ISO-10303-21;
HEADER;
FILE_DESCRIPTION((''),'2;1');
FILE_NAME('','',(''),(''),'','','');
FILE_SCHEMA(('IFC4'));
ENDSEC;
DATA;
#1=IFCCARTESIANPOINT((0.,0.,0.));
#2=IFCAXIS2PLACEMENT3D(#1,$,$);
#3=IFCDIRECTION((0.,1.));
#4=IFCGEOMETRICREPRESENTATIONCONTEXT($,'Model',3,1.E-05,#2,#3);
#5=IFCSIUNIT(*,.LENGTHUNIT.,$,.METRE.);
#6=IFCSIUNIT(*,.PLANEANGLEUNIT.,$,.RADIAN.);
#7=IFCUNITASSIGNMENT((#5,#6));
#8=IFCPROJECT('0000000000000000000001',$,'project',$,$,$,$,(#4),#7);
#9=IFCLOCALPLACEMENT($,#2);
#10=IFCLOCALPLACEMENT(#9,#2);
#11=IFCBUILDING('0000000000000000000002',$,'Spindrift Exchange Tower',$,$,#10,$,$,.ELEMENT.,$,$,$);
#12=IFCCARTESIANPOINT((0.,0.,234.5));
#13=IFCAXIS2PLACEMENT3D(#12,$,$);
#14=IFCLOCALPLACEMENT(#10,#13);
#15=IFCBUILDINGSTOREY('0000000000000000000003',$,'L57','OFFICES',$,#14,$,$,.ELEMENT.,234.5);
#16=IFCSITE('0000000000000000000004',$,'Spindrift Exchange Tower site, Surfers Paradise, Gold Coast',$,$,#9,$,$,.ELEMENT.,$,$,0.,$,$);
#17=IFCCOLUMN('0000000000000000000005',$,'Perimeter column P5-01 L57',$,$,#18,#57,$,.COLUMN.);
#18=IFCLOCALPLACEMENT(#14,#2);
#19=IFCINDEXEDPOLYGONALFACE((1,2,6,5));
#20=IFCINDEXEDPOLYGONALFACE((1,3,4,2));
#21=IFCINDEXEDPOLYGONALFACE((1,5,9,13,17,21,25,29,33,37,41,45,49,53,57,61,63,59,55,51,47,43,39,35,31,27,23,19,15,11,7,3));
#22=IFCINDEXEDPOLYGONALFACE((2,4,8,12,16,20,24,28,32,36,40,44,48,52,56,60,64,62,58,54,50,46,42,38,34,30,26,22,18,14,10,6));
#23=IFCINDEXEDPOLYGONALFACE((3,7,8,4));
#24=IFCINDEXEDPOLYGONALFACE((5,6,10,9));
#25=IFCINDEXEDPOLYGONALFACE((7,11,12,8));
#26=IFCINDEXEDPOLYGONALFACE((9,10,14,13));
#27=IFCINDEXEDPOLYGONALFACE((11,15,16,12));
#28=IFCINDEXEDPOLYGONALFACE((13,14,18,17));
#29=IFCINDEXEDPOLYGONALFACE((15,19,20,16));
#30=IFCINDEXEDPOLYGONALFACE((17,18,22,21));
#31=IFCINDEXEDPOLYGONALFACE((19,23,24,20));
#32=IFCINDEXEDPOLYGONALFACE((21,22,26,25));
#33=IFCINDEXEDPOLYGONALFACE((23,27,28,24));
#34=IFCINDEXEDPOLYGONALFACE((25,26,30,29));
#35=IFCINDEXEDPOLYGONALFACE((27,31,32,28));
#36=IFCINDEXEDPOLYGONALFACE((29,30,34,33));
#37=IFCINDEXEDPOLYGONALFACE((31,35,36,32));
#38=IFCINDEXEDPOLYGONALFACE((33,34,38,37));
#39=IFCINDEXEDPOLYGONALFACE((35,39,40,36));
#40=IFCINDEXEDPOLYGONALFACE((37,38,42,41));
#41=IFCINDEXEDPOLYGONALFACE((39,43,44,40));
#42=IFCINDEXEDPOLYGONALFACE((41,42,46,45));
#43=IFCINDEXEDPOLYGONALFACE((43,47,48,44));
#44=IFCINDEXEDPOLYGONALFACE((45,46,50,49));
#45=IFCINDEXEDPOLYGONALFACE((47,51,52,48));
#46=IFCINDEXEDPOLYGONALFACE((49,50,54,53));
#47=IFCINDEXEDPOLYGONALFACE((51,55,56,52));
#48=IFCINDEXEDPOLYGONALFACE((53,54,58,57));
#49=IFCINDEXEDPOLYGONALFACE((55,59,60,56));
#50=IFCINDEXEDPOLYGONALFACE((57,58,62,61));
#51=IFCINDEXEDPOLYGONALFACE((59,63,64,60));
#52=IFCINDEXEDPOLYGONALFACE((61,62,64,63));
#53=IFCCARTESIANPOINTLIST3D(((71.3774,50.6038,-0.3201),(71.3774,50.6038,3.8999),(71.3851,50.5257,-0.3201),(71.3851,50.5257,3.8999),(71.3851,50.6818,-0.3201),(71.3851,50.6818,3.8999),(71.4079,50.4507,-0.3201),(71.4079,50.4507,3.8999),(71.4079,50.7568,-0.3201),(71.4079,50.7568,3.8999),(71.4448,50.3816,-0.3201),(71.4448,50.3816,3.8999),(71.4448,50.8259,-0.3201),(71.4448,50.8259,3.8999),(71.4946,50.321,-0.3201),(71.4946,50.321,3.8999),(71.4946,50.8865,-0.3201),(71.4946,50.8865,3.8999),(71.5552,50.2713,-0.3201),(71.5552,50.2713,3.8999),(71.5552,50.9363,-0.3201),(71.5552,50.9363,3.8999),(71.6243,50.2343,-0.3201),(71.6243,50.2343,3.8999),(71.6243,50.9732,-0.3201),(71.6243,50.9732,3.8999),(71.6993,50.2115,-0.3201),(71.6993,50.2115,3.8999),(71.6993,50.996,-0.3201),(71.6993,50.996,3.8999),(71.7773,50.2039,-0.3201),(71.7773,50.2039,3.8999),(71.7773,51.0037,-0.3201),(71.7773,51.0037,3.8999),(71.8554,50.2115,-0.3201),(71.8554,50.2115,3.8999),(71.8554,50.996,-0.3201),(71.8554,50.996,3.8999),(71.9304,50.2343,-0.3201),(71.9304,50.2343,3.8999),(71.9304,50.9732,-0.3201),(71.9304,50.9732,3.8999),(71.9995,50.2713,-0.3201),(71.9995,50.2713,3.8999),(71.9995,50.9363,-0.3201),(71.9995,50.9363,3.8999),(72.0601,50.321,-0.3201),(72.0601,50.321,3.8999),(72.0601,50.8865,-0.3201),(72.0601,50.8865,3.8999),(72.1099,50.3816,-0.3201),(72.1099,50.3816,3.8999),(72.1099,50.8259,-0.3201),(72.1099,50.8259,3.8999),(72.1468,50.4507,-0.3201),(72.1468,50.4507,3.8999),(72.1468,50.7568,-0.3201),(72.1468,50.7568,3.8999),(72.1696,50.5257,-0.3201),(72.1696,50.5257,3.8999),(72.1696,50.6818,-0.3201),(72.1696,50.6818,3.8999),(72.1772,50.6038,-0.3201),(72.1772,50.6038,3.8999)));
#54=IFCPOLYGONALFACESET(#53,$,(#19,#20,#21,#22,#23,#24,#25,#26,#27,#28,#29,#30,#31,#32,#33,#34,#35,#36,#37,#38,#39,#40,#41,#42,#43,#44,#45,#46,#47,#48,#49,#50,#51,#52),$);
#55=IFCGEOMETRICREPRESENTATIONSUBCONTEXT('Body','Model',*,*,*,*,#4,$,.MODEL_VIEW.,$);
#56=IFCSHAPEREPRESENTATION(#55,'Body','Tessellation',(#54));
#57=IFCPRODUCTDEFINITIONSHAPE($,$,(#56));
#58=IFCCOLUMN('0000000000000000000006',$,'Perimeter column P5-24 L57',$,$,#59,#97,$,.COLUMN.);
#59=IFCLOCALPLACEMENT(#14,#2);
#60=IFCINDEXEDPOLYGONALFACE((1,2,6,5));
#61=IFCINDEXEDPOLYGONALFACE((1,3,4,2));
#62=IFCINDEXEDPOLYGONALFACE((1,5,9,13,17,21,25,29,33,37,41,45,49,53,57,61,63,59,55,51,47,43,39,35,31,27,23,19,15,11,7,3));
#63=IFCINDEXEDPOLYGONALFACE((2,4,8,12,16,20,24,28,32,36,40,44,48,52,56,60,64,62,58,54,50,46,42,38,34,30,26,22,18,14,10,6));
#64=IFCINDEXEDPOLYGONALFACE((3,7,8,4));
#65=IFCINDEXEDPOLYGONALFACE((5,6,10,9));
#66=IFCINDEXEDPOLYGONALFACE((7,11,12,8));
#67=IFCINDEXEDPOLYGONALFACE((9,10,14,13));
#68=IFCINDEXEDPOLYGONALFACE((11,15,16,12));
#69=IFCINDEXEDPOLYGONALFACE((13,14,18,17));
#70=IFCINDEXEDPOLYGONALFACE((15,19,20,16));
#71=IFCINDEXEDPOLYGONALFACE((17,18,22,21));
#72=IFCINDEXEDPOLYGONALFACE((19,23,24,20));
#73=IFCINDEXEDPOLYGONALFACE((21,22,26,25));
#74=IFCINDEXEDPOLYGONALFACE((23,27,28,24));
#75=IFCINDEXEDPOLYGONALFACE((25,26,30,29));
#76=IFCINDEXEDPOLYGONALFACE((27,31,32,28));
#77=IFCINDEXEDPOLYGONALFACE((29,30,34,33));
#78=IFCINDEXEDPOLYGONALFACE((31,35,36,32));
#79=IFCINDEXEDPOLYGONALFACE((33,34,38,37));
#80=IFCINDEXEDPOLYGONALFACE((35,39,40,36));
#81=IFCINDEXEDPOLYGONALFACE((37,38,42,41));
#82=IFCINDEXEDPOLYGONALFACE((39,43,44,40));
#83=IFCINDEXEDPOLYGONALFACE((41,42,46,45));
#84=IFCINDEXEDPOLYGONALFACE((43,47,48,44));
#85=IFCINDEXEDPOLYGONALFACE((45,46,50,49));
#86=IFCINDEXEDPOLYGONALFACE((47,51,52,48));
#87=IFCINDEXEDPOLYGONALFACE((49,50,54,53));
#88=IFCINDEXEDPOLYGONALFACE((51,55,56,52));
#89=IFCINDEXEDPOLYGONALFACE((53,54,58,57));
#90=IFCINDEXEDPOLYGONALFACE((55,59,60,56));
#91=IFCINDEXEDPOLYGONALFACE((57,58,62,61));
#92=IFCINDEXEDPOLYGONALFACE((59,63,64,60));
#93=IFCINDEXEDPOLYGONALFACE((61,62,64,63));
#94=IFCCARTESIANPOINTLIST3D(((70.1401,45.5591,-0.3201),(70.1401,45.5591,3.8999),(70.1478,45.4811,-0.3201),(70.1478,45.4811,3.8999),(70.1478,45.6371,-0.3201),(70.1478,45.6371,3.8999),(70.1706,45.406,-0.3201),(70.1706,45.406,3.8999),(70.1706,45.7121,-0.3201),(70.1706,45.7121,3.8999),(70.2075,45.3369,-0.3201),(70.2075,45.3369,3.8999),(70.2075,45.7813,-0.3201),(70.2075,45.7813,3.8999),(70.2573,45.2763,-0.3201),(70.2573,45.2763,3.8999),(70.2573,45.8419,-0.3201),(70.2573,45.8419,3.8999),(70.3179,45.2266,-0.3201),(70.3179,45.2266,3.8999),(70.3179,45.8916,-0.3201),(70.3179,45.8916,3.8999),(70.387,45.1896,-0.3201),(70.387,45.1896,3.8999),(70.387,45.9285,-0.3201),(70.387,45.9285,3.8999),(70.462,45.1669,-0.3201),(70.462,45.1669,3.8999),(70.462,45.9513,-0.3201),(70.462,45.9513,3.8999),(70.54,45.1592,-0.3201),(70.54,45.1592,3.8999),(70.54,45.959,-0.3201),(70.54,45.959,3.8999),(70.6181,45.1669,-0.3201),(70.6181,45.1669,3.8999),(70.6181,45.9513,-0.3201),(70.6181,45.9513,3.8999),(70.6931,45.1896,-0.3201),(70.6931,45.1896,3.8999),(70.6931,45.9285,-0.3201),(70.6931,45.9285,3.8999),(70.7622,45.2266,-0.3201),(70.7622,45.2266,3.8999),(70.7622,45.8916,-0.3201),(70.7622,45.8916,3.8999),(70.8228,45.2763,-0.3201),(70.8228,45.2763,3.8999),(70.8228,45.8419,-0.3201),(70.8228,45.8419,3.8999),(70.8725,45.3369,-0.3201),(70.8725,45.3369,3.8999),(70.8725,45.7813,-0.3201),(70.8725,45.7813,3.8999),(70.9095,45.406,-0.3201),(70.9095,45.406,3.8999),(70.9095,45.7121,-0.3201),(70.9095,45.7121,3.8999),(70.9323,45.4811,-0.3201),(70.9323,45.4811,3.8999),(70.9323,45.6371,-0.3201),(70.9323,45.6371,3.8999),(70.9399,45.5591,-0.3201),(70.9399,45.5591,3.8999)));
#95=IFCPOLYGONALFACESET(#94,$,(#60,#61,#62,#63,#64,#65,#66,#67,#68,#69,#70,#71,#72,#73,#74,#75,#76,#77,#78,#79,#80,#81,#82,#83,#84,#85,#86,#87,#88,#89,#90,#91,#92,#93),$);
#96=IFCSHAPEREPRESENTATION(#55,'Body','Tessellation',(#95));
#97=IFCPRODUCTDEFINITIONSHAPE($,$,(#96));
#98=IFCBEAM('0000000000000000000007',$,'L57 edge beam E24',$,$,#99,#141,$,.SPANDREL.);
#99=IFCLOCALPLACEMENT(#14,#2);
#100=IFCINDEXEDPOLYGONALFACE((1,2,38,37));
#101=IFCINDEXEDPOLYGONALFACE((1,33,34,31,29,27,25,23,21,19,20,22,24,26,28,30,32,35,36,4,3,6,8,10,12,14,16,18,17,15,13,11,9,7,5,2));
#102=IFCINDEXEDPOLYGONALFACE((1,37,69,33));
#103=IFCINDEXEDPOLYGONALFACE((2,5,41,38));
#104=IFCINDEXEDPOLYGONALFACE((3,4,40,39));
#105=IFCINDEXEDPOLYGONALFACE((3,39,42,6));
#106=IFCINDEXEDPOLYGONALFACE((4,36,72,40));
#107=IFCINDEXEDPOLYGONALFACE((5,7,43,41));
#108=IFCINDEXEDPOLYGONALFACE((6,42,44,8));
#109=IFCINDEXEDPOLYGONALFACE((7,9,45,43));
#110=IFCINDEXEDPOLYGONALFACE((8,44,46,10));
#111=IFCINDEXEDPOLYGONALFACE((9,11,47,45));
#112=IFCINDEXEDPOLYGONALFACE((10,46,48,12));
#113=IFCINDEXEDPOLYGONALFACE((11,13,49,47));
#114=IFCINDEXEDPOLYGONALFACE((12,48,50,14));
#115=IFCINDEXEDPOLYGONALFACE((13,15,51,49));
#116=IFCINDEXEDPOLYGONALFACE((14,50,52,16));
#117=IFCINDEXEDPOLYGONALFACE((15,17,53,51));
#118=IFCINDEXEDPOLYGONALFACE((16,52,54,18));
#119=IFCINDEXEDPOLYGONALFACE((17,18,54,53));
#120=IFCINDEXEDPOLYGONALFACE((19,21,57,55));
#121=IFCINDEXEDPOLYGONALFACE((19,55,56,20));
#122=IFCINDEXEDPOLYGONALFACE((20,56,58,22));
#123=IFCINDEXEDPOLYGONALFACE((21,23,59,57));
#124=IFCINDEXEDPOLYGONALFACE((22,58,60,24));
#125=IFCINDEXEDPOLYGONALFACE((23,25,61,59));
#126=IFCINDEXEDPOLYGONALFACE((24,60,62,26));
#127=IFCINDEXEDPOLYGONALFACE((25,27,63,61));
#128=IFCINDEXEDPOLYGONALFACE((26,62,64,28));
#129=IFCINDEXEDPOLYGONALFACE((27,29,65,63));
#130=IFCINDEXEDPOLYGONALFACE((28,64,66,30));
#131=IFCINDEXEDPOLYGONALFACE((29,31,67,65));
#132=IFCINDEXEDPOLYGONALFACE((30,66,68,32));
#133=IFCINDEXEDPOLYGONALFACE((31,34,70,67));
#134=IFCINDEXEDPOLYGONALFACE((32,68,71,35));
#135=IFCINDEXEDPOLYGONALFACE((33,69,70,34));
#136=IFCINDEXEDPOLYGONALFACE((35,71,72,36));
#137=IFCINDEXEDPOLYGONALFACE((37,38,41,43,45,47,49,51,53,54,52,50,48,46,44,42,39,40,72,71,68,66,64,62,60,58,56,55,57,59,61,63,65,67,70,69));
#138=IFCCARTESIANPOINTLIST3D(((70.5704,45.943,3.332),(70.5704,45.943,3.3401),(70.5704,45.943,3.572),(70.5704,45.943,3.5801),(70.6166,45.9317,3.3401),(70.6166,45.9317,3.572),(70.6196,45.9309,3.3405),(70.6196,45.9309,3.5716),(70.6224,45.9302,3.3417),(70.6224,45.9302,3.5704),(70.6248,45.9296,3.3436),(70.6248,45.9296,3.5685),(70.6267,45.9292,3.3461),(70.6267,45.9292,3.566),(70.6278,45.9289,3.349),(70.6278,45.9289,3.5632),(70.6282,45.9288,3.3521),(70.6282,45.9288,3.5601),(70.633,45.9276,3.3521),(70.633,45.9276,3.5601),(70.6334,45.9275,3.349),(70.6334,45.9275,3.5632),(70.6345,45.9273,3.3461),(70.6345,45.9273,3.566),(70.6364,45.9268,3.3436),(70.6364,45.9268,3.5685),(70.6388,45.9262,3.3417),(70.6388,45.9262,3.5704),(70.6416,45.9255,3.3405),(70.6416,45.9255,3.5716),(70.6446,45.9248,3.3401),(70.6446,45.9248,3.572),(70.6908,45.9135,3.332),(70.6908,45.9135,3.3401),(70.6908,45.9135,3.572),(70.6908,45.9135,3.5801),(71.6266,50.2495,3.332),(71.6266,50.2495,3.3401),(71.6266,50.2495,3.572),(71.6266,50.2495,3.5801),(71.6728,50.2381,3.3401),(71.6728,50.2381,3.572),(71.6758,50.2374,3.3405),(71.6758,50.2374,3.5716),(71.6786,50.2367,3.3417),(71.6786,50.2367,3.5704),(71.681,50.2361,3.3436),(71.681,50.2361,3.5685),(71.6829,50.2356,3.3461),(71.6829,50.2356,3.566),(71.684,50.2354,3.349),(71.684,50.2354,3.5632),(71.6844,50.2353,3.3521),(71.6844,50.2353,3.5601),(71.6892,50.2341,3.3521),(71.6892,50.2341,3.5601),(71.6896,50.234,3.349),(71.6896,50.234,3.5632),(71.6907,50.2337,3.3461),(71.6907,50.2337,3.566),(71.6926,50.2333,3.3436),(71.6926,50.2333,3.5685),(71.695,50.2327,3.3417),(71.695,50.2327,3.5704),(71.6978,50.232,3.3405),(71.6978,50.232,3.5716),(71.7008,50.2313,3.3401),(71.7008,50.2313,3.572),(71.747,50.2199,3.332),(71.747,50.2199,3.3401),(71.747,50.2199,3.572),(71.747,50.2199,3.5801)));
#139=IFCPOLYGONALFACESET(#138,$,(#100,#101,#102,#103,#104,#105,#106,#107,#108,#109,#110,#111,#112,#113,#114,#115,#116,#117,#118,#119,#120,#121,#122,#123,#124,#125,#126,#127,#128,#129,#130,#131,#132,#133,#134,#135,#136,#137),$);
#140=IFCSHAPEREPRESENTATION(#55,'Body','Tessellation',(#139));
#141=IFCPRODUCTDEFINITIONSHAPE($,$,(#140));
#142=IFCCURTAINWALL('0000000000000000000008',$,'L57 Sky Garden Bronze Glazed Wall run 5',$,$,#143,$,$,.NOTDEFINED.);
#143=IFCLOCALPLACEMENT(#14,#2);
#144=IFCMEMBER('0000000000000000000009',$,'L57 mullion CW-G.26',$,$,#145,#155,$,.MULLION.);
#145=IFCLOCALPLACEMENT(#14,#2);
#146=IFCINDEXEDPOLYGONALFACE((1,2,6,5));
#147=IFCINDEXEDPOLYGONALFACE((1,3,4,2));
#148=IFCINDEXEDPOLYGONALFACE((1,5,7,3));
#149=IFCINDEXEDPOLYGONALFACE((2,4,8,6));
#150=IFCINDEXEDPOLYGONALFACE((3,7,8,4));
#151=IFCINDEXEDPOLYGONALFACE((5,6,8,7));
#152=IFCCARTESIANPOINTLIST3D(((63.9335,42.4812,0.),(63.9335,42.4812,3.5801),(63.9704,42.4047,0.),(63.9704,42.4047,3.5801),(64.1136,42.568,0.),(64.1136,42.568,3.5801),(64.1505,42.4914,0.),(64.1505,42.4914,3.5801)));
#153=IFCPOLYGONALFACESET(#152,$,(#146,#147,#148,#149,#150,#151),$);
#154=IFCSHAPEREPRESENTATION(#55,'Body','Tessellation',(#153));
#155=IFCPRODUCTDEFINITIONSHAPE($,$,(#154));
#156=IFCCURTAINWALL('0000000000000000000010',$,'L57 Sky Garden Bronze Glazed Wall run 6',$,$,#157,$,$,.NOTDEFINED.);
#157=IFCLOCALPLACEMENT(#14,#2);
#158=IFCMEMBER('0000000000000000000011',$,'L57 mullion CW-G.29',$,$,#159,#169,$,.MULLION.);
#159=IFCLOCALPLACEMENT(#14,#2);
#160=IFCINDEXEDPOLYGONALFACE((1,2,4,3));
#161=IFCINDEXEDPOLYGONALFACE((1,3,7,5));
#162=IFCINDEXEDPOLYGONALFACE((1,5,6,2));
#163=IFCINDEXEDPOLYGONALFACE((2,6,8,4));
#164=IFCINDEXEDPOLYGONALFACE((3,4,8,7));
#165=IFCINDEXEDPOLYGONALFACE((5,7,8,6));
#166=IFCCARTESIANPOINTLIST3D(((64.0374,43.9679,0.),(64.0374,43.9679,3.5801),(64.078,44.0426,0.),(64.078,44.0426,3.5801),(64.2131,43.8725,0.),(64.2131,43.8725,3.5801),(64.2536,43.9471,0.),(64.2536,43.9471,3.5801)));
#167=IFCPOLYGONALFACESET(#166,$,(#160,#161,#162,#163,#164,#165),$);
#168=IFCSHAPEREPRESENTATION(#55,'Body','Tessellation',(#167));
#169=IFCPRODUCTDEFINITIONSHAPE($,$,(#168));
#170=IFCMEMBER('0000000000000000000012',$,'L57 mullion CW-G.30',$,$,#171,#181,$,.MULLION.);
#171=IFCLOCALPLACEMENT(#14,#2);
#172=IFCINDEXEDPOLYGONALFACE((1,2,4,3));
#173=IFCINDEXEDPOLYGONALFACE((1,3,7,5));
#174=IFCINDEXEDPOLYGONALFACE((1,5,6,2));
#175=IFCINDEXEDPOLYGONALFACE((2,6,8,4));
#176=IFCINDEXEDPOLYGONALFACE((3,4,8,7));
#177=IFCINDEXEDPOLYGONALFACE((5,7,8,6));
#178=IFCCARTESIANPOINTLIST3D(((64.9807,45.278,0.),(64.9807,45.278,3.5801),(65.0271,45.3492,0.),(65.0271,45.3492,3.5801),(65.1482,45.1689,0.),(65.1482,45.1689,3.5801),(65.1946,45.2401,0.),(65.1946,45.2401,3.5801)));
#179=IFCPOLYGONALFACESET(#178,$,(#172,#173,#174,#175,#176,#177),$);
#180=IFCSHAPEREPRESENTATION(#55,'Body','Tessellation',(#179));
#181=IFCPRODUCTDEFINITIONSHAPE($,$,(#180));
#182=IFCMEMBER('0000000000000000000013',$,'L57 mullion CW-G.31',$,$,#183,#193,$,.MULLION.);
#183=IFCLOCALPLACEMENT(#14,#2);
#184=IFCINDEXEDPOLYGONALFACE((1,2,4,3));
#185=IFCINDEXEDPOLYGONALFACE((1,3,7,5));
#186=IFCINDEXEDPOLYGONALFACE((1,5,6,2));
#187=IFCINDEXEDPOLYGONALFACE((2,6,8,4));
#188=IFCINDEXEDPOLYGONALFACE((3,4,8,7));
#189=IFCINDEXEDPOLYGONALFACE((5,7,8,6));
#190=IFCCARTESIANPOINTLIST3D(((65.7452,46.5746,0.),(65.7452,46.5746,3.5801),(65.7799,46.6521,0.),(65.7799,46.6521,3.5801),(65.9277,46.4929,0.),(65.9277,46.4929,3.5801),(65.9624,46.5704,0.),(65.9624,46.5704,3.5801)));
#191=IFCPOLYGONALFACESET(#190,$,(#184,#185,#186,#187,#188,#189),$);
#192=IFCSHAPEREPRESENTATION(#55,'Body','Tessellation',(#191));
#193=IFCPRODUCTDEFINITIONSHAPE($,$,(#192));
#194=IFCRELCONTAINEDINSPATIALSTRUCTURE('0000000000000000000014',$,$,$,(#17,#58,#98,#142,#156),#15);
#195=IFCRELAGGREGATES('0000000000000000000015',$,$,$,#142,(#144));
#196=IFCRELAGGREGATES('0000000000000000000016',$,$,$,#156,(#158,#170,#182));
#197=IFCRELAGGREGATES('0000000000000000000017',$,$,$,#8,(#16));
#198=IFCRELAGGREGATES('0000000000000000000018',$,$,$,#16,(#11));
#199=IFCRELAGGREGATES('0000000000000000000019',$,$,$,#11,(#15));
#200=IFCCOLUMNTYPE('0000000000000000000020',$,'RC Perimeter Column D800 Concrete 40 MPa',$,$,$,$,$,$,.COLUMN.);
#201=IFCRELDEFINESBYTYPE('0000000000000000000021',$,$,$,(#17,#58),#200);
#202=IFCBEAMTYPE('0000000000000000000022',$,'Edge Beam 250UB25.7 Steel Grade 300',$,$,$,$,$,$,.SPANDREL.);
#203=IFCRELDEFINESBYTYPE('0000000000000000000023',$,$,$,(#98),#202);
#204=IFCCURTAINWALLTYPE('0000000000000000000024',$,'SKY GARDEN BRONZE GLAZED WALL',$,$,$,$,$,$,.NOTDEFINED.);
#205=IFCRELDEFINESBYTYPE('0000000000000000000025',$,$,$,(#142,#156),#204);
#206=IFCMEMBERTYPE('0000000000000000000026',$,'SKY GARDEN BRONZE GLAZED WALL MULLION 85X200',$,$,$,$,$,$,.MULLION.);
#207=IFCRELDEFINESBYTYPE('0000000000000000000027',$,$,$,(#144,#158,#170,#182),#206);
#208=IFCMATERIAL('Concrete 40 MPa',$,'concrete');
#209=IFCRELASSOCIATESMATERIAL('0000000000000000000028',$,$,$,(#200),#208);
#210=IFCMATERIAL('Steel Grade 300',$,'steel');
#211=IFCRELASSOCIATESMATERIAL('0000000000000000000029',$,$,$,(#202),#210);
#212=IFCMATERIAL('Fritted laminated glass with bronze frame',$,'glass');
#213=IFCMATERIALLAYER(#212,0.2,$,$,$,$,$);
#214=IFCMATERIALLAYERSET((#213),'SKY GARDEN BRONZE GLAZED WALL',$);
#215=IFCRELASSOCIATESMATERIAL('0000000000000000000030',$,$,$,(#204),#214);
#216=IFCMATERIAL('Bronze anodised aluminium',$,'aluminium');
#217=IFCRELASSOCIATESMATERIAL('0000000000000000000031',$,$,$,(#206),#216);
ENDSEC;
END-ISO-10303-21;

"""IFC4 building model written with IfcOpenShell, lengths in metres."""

from ifc_helpers import new_model, si_unit, direction, frame, origin, origin_2d, place, context, subcontext, project, spatial, rectangle, circle, i_section, extrude, source, transform, mapped, material, layer, layer_set, material_profile, profile_set, type_object, element, aggregate, save


model = new_model("IFC4")

# Units and contexts
model_context = context("Model", 3, precision=1e-05, world=origin(), true_north=direction((0.0, 1.0)))
body_context = subcontext(model_context, "Body", "Model", "MODEL_VIEW")
ifc_project = project(units=[si_unit("LENGTHUNIT", "METRE"), si_unit("PLANEANGLEUNIT", "RADIAN")], contexts=[model_context])

# Site, building, storey
site_placement = place(None, origin())
site = spatial("IfcSite", under=ifc_project, at=site_placement, Name="Spindrift Exchange Tower site, Surfers Paradise, Gold Coast", CompositionType="ELEMENT", RefElevation=0.0)
building_placement = place(site_placement, origin())
building = spatial("IfcBuilding", under=site, at=building_placement, Name="Spindrift Exchange Tower", CompositionType="ELEMENT")
storey_placement = place(building_placement, frame((0.0, 0.0, 234.5)))
storey = spatial("IfcBuildingStorey", under=building, at=storey_placement, Name="L57", Description="OFFICES", CompositionType="ELEMENT", Elevation=234.5)

# Columns
ifc_material_1 = material(Name="Concrete 40 MPa", Category="concrete")
ifc_material_profile_1 = material_profile(ifc_material_1, circle(Radius=0.3999, at=origin_2d()), Name="RC D800")
ifc_profile_set_1 = profile_set([ifc_material_profile_1], Name="Concrete 40 MPa")
column_type = type_object("IfcColumnType", Name="RC Perimeter Column D800 Concrete 40 MPa", PredefinedType="COLUMN", material=ifc_profile_set_1)
shared_shape_1 = source(origin(), body_context, "Body", "SweptSolid", [
    extrude(circle(Radius=0.3999, at=origin_2d()), origin(), (0.0, 0.0, 1.0), 4.22),
])
for number, where, z_axis, x_axis, name in (
    (1, (71.7773, 50.6038, -0.3201), (0.0, 0.0, 1.0), (1.0, 0.0, 0.0), "Perimeter column P5-01 L57"),
    (2, (70.54, 45.5591, -0.3201), (0.0, 0.0, 1.0), (1.0, 0.0, 0.0), "Perimeter column P5-24 L57"),
):
    element("IfcColumn", number, at=place(storey_placement, frame(where, z_axis=z_axis, x_axis=x_axis)), inside=storey, type_object=column_type, Name=name, PredefinedType="COLUMN", context=body_context, shape_type="MappedRepresentation", body=[
        mapped(shared_shape_1, transform((0.0, 0.0, 0.0), scale=1.0)),
    ])

# Beam
ifc_material_2 = material(Name="Steel Grade 300", Category="steel")
ifc_material_profile_2 = material_profile(ifc_material_2, i_section(OverallWidth=0.124, OverallDepth=0.248, WebThickness=0.0049, FlangeThickness=0.0081, FilletRadius=0.012, at=origin_2d()), Name="250UB25.7")
ifc_profile_set_2 = profile_set([ifc_material_profile_2], Name="Steel Grade 300")
beam_type = type_object("IfcBeamType", Name="Edge Beam 250UB25.7 Steel Grade 300", PredefinedType="SPANDREL", material=ifc_profile_set_2)
shared_shape_2 = source(origin(), body_context, "Body", "SweptSolid", [
    extrude(i_section(OverallWidth=0.124, OverallDepth=0.248, WebThickness=0.0049, FlangeThickness=0.0081, FilletRadius=0.012, at=origin_2d()), origin(), (0.0, 0.0, 1.0), 4.4341),
])
beam_placement = place(storey_placement, frame((70.6306, 45.9282, 3.4561), z_axis=(0.238193, 0.971218, 0.0), x_axis=(-0.971218, 0.238193, 0.0)))
element("IfcBeam", 3, at=beam_placement, inside=storey, type_object=beam_type, Name="L57 edge beam E24", PredefinedType="SPANDREL", context=body_context, shape_type="MappedRepresentation", body=[
    mapped(shared_shape_2, transform((0.0, 0.0, 0.0), scale=1.0)),
])

# Curtain wall, member
ifc_material_3 = material(Name="Fritted laminated glass with bronze frame", Category="glass")
ifc_layer_1 = layer(ifc_material_3, 0.2)
ifc_layer_set_1 = layer_set([ifc_layer_1], Name="SKY GARDEN BRONZE GLAZED WALL")
curtain_wall_type = type_object("IfcCurtainWallType", Name="SKY GARDEN BRONZE GLAZED WALL", PredefinedType="NOTDEFINED", material=ifc_layer_set_1)
curtain_wall_1_placement = place(storey_placement, origin())
curtain_wall_1 = element("IfcCurtainWall", 4, at=curtain_wall_1_placement, inside=storey, type_object=curtain_wall_type, Name="L57 Sky Garden Bronze Glazed Wall run 5", PredefinedType="NOTDEFINED")
ifc_material_4 = material(Name="Bronze anodised aluminium", Category="aluminium")
ifc_material_profile_3 = material_profile(ifc_material_4, rectangle(XDim=0.085, YDim=0.2, at=origin_2d()), Name="SKY GARDEN BRONZE GLAZED WALL MULLION 85X200")
ifc_profile_set_3 = profile_set([ifc_material_profile_3], Name="Bronze anodised aluminium")
member_type_1 = type_object("IfcMemberType", Name="SKY GARDEN BRONZE GLAZED WALL MULLION 85X200", PredefinedType="MULLION", material=ifc_profile_set_3)
shared_shape_3 = source(origin(), body_context, "Body", "SweptSolid", [
    extrude(rectangle(XDim=0.085, YDim=0.2, at=origin_2d()), origin(), (0.0, 0.0, 1.0), 3.5801),
])
member_1_placement = place(storey_placement, frame((64.042, 42.4863, 0.0), z_axis=(0.0, 0.0, 1.0), x_axis=(-0.433955, 0.900934, 0.0)))
member_1 = element("IfcMember", 5, at=member_1_placement, type_object=member_type_1, Name="L57 mullion CW-G.26", PredefinedType="MULLION", context=body_context, shape_type="MappedRepresentation", body=[
    mapped(shared_shape_3, transform((0.0, 0.0, 0.0), scale=1.0)),
])

# Curtain wall, members
curtain_wall_2_placement = place(storey_placement, origin())
curtain_wall_2 = element("IfcCurtainWall", 6, at=curtain_wall_2_placement, inside=storey, type_object=curtain_wall_type, Name="L57 Sky Garden Bronze Glazed Wall run 6", PredefinedType="NOTDEFINED")
member_2_placement = place(storey_placement, frame((64.1455, 43.9575, 0.0), z_axis=(0.0, 0.0, 1.0), x_axis=(0.477557, 0.878601, 0.0)))
member_2 = element("IfcMember", 7, at=member_2_placement, type_object=member_type_1, Name="L57 mullion CW-G.29", PredefinedType="MULLION", context=body_context, shape_type="MappedRepresentation", body=[
    mapped(shared_shape_3, transform((0.0, 0.0, 0.0), scale=1.0)),
])
member_3_placement = place(storey_placement, frame((65.0876, 45.259, 0.0), z_axis=(0.0, 0.0, 1.0), x_axis=(0.545773, 0.837933, 0.0)))
member_3 = element("IfcMember", 8, at=member_3_placement, type_object=member_type_1, Name="L57 mullion CW-G.30", PredefinedType="MULLION", context=body_context, shape_type="MappedRepresentation", body=[
    mapped(shared_shape_3, transform((0.0, 0.0, 0.0), scale=1.0)),
])
member_4_placement = place(storey_placement, frame((65.8538, 46.5725, 0.0), z_axis=(0.0, 0.0, 1.0), x_axis=(0.408453, 0.912779, 0.0)))
member_4 = element("IfcMember", 9, at=member_4_placement, type_object=member_type_1, Name="L57 mullion CW-G.31", PredefinedType="MULLION", context=body_context, shape_type="MappedRepresentation", body=[
    mapped(shared_shape_3, transform((0.0, 0.0, 0.0), scale=1.0)),
])

aggregate(curtain_wall_1, [member_1])
aggregate(curtain_wall_2, [member_2, member_3, member_4])

save(model, "model.ifc")
